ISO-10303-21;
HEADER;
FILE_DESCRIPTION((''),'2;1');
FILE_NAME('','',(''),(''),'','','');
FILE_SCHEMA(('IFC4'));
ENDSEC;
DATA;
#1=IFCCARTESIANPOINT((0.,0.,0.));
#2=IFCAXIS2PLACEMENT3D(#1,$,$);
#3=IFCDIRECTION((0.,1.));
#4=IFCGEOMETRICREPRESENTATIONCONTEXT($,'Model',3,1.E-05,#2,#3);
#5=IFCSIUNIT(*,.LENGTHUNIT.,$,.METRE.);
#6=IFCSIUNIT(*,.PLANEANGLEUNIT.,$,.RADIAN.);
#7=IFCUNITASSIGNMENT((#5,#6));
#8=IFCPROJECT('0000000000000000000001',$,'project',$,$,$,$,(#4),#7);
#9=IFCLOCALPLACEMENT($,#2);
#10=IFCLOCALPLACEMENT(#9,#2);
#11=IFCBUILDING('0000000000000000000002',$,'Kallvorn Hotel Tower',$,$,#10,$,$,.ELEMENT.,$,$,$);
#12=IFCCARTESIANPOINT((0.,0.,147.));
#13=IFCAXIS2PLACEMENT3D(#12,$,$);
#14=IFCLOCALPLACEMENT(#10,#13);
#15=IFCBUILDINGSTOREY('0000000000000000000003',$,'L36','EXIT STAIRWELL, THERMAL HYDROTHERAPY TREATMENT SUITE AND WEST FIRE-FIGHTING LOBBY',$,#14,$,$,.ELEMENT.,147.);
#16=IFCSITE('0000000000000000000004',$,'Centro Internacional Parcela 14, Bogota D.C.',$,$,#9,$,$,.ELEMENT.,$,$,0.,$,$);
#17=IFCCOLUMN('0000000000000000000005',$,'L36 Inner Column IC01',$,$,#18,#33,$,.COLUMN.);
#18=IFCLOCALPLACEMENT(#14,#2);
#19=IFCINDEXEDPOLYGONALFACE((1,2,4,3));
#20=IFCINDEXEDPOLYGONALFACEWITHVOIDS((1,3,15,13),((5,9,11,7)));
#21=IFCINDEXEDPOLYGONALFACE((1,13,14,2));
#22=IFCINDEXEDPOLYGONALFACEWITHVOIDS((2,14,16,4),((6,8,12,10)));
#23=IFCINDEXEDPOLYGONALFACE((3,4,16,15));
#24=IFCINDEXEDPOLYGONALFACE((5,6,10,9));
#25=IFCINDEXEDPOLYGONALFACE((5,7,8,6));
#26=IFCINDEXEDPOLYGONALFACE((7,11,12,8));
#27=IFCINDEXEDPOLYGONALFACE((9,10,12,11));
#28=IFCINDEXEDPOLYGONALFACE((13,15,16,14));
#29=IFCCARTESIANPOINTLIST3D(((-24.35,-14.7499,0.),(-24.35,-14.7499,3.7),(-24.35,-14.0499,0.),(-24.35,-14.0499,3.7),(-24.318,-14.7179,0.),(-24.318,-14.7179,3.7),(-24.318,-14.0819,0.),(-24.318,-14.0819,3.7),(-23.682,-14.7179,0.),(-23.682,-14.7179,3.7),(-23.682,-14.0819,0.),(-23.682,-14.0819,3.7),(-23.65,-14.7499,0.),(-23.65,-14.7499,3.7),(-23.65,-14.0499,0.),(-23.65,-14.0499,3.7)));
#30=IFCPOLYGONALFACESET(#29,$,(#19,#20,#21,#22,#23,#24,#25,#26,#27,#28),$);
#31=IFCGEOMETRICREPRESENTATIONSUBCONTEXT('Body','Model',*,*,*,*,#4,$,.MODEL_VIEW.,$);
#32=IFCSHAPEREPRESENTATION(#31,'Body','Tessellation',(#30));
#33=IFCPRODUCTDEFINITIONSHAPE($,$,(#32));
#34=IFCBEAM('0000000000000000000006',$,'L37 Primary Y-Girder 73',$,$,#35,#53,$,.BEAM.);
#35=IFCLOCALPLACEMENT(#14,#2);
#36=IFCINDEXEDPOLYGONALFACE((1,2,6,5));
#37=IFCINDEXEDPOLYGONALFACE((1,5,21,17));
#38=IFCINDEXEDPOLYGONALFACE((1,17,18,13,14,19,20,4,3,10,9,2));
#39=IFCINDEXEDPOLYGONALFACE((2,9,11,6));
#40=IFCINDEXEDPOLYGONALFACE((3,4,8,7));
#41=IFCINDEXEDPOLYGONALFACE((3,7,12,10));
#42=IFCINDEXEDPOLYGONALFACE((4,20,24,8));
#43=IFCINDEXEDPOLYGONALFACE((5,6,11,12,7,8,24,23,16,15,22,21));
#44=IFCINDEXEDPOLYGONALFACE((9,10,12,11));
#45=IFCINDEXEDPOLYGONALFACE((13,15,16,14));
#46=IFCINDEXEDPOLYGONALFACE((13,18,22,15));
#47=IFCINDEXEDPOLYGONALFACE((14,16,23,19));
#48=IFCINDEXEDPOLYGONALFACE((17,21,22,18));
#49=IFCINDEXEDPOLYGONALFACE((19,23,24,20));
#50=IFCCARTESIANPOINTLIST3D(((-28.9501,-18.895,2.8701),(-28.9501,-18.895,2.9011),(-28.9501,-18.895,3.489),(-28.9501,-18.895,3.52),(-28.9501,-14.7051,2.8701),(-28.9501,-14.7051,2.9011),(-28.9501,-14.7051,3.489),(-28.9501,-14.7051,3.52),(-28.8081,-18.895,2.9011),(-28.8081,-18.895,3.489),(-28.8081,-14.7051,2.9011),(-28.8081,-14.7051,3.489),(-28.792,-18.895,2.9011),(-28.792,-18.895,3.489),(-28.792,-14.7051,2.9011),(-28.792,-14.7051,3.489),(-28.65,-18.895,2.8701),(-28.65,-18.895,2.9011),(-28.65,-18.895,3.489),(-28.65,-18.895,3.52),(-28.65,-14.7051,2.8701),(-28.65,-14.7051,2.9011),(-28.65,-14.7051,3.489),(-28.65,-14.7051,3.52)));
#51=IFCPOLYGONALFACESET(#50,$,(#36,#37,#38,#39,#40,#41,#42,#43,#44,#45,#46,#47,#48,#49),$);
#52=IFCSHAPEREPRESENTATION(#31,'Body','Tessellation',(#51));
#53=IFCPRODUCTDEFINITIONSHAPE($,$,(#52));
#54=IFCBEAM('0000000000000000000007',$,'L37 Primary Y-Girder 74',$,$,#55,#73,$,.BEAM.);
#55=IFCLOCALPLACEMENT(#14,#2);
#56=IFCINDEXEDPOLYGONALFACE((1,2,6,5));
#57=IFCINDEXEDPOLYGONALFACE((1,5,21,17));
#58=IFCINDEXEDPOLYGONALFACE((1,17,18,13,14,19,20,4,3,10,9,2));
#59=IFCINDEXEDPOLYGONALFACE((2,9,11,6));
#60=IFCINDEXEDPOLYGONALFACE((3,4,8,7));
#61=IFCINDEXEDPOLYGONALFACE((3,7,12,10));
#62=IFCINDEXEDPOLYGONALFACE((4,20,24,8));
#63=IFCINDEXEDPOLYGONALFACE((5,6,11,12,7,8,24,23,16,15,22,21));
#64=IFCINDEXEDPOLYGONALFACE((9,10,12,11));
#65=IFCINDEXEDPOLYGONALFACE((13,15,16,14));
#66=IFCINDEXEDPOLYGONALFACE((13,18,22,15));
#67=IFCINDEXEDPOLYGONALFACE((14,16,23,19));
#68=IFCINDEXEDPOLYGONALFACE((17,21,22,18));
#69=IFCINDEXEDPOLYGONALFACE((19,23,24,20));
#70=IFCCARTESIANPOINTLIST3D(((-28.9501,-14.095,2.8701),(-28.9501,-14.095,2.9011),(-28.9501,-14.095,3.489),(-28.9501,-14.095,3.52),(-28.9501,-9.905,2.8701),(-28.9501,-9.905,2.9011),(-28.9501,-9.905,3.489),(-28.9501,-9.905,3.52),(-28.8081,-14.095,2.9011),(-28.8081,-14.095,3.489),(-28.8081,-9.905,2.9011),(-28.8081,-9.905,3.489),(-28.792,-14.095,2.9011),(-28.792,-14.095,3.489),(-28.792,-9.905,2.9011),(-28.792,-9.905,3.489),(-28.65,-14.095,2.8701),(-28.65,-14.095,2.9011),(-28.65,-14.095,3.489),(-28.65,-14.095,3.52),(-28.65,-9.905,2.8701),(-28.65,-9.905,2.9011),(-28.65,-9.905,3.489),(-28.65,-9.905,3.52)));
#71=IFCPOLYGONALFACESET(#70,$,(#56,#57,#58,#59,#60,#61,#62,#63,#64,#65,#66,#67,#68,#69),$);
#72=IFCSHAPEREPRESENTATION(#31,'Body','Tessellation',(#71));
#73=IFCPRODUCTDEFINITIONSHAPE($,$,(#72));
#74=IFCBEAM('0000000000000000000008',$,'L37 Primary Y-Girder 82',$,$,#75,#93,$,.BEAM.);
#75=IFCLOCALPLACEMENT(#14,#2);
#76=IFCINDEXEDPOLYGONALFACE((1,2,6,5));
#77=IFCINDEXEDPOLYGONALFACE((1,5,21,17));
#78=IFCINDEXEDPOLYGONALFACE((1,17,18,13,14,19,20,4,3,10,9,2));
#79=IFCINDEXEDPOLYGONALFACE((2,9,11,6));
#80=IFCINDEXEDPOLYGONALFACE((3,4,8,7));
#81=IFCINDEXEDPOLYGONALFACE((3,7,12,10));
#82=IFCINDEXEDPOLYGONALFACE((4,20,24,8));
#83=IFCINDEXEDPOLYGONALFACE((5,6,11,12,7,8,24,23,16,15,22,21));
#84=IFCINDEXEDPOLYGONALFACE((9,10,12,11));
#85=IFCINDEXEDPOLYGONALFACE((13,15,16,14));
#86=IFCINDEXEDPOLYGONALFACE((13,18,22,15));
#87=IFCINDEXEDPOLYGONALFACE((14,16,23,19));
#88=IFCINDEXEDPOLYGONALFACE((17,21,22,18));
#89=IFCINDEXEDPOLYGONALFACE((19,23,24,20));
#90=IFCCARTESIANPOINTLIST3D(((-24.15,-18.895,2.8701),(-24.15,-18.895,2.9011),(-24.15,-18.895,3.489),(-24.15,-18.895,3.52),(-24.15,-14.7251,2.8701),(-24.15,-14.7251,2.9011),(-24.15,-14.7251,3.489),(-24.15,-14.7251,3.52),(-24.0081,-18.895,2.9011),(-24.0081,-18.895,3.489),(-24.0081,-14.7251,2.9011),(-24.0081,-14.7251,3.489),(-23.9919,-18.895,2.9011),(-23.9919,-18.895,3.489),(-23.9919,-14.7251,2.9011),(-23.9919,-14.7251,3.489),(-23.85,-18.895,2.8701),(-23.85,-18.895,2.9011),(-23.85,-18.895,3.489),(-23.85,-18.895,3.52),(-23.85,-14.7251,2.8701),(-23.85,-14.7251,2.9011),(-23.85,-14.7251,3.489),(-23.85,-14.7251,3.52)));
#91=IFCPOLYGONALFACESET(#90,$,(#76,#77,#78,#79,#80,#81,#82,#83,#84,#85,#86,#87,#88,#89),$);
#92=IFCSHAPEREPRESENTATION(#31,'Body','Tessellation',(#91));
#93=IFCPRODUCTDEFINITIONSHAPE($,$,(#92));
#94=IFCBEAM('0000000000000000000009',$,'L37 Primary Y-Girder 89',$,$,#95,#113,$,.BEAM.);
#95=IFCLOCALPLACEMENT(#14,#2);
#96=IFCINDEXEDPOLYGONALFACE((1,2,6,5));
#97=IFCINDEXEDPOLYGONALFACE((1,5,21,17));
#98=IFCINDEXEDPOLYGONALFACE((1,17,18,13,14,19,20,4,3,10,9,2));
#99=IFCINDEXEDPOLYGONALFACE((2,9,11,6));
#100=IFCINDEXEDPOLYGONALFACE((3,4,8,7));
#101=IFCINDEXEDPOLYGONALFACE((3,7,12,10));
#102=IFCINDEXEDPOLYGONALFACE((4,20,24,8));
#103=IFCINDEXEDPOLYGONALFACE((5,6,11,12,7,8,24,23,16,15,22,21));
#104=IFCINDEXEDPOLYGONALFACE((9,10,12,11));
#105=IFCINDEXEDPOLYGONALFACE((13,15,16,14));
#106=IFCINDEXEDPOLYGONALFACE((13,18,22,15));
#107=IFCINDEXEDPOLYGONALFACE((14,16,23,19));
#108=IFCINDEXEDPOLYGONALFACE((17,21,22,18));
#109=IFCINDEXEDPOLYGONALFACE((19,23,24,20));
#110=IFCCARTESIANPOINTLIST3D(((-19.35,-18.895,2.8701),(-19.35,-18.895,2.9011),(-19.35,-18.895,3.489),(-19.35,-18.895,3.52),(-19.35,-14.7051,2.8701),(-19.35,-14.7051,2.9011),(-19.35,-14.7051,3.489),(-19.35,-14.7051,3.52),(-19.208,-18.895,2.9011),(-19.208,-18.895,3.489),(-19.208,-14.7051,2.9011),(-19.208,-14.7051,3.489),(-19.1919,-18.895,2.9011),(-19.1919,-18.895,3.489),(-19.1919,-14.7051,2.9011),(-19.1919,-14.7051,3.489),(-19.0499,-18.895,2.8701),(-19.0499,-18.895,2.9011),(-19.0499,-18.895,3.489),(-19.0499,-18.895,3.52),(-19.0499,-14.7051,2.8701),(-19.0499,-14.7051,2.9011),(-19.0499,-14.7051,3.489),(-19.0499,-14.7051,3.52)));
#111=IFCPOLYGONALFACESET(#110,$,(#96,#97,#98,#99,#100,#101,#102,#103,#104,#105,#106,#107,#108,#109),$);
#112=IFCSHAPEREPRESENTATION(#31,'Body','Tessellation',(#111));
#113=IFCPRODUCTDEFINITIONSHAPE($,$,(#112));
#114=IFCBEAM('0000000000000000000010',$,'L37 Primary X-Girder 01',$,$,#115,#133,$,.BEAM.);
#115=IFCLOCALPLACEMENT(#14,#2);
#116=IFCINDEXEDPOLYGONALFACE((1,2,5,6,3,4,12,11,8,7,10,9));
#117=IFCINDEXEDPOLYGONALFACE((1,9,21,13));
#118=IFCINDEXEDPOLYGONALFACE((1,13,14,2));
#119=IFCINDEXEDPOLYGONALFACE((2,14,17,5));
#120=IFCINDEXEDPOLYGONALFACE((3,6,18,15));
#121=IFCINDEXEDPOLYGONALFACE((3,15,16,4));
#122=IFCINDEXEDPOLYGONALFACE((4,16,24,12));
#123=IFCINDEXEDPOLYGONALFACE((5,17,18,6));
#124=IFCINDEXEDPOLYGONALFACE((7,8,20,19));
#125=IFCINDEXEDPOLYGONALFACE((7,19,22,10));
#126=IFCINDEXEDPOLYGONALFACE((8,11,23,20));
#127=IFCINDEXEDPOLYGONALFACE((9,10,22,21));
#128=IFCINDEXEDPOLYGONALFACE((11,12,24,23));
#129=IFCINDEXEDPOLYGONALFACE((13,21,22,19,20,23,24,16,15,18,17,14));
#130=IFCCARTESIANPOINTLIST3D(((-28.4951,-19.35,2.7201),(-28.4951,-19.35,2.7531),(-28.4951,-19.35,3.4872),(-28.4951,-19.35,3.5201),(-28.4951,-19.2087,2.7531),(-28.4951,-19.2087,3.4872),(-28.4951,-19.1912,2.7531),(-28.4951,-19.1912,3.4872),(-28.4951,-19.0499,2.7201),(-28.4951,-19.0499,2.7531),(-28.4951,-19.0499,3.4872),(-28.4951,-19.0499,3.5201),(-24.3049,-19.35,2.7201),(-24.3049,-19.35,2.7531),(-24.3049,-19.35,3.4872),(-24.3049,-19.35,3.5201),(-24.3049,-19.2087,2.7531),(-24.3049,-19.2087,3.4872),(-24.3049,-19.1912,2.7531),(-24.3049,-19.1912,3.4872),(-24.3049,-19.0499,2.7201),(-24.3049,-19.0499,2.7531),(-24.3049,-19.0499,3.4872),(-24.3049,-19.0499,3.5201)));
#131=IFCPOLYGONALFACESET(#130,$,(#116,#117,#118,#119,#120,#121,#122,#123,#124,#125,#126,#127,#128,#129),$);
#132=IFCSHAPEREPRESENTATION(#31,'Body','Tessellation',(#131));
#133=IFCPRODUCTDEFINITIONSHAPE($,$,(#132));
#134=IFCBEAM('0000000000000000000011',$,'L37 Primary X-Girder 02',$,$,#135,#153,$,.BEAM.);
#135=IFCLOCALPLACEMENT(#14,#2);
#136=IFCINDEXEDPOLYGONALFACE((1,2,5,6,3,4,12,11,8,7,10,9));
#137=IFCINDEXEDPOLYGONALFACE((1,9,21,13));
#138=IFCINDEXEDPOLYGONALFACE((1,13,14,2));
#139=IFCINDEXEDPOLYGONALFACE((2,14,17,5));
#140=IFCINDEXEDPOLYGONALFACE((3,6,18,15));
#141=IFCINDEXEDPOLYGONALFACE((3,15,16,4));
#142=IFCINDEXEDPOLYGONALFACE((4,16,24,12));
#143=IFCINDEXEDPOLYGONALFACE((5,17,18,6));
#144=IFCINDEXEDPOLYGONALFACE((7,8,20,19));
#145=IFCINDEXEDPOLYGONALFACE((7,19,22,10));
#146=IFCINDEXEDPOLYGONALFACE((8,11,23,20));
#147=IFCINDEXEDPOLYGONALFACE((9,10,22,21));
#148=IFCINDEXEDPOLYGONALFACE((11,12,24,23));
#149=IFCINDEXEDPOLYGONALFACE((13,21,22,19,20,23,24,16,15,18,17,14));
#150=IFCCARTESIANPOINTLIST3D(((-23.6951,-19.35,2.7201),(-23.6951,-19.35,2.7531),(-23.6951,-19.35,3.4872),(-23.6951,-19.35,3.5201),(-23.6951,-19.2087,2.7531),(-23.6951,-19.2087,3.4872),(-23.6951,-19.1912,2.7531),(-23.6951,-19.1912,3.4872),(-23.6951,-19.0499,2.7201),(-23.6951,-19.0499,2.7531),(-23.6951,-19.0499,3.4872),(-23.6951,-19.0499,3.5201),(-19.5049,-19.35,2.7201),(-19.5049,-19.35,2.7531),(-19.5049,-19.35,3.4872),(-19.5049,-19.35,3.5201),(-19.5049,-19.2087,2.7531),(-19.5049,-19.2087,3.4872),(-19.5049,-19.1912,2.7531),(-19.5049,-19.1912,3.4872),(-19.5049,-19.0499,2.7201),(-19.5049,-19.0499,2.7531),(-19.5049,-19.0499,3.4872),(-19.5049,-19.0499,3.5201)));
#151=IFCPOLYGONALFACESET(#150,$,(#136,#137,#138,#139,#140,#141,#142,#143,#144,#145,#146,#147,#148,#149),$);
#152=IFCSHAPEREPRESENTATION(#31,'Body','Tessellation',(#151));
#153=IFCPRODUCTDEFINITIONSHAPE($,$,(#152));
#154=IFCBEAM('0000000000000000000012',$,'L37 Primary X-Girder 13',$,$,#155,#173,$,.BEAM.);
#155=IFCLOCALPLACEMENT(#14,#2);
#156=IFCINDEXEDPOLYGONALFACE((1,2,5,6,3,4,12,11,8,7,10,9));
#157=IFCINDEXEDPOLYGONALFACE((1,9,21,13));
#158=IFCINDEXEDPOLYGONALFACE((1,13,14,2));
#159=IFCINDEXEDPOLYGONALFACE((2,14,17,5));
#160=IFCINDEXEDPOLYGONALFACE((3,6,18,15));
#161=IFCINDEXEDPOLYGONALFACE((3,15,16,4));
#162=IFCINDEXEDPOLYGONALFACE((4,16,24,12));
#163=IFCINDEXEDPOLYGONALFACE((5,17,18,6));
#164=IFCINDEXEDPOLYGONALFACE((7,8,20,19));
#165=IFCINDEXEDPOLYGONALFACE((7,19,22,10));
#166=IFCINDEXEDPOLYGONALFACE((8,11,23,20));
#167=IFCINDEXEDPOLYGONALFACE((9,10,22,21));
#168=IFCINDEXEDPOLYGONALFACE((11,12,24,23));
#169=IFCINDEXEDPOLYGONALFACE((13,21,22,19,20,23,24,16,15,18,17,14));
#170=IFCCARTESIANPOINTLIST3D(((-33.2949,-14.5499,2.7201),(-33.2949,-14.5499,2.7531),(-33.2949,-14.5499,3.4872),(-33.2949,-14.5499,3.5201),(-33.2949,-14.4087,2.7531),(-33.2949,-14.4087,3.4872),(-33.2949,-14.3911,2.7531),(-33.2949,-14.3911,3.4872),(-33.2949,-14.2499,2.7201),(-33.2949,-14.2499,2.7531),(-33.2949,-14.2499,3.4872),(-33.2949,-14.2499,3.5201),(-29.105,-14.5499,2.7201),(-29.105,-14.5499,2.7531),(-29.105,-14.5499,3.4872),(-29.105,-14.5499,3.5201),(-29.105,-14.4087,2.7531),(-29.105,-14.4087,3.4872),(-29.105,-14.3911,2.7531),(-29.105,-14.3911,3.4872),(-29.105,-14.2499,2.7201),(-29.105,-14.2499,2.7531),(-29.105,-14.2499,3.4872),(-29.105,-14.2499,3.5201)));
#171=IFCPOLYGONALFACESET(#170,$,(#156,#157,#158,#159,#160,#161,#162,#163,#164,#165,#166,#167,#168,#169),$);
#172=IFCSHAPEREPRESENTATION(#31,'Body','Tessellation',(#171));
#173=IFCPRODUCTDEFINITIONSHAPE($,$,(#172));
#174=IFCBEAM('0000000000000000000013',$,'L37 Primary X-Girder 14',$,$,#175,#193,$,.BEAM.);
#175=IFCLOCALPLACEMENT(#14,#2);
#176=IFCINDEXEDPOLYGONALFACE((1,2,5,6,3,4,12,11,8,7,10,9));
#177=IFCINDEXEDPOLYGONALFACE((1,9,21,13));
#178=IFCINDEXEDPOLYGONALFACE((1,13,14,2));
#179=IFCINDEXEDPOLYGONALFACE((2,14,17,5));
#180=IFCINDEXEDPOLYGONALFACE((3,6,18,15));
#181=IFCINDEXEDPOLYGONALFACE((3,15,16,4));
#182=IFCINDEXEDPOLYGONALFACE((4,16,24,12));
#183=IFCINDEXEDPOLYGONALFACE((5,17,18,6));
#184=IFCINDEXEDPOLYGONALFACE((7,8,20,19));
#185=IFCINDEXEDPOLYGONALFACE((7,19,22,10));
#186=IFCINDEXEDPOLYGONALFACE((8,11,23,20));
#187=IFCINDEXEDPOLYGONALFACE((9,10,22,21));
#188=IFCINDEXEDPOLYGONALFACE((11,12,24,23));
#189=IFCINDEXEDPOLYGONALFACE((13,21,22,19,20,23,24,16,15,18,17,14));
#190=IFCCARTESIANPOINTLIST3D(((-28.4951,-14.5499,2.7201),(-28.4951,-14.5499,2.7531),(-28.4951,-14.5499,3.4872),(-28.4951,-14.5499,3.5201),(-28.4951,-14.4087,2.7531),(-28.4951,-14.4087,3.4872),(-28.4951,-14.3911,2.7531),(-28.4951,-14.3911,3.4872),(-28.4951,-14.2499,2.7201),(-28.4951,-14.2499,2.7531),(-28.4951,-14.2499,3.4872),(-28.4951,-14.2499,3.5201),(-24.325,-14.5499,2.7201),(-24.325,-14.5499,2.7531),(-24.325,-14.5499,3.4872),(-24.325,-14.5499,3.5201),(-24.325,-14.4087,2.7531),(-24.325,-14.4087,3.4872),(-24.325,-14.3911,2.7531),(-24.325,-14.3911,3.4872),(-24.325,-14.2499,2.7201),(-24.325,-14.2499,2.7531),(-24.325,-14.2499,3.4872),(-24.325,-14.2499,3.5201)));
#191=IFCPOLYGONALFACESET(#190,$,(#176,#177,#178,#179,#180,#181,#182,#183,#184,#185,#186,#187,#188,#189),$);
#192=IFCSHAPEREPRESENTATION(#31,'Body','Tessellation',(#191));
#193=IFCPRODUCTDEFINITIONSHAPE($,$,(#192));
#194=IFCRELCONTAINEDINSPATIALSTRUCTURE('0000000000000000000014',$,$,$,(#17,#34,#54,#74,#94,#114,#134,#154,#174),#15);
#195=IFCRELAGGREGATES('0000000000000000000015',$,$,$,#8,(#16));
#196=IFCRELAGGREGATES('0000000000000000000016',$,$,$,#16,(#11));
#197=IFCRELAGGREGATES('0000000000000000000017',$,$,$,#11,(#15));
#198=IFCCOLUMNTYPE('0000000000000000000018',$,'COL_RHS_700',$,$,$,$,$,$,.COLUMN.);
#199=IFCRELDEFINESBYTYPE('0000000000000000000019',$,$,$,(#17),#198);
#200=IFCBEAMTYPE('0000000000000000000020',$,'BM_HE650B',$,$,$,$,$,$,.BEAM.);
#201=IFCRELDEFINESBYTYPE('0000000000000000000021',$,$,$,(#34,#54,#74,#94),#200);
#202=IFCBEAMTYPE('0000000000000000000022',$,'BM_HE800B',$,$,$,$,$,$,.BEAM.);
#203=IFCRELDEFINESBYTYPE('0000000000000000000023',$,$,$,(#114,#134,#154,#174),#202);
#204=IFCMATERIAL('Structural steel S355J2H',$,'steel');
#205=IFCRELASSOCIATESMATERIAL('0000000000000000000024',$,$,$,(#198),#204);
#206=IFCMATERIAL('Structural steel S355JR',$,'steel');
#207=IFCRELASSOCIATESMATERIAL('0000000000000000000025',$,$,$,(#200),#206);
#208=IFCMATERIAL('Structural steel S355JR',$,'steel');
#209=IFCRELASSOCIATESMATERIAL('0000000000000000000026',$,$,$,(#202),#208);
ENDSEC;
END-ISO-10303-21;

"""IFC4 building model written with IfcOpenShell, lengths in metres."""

from ifc_helpers import new_model, si_unit, direction, frame, origin, origin_2d, place, context, subcontext, project, spatial, hollow_rectangle, i_section, extrude, material, material_profile, profile_set, type_object, element, save


model = new_model("IFC4")

# Units and contexts
model_context = context("Model", 3, precision=1e-05, world=origin(), true_north=direction((0.0, 1.0)))
body_context = subcontext(model_context, "Body", "Model", "MODEL_VIEW")
ifc_project = project(units=[si_unit("LENGTHUNIT", "METRE"), si_unit("PLANEANGLEUNIT", "RADIAN")], contexts=[model_context])

# Site, building, storey
site_placement = place(None, origin())
site = spatial("IfcSite", under=ifc_project, at=site_placement, Name="Centro Internacional Parcela 14, Bogota D.C.", CompositionType="ELEMENT", RefElevation=0.0)
building_placement = place(site_placement, origin())
building = spatial("IfcBuilding", under=site, at=building_placement, Name="Kallvorn Hotel Tower", CompositionType="ELEMENT")
storey_placement = place(building_placement, frame((0.0, 0.0, 147.0)))
storey = spatial("IfcBuildingStorey", under=building, at=storey_placement, Name="L36", Description="EXIT STAIRWELL, THERMAL HYDROTHERAPY TREATMENT SUITE AND WEST FIRE-FIGHTING LOBBY", CompositionType="ELEMENT", Elevation=147.0)

# Column
ifc_material_1 = material(Name="Structural steel S355J2H", Category="steel")
ifc_material_profile_1 = material_profile(ifc_material_1, hollow_rectangle(XDim=0.7, YDim=0.7, WallThickness=0.032, at=origin_2d()), Name="RHS 700x700x32")
ifc_profile_set_1 = profile_set([ifc_material_profile_1], Name="Structural steel S355J2H")
column_type_1 = type_object("IfcColumnType", Name="COL_RHS_700", PredefinedType="COLUMN", material=ifc_profile_set_1)
column_placement = place(storey_placement, frame((-24.0, -14.3999, 0.0), z_axis=(0.0, 0.0, 1.0), x_axis=(1.0, 0.0, 0.0)))
element("IfcColumn", 1, at=column_placement, inside=storey, type_object=column_type_1, Name="L36 Inner Column IC01", PredefinedType="COLUMN", context=body_context, shape_type="SweptSolid", body=[
    extrude(hollow_rectangle(XDim=0.7, YDim=0.7, WallThickness=0.032, at=origin_2d()), origin(), (0.0, 0.0, 1.0), 3.7),
])

# Beams
ifc_material_2 = material(Name="Structural steel S355JR", Category="steel")
ifc_material_profile_2 = material_profile(ifc_material_2, i_section(OverallWidth=0.3, OverallDepth=0.6499, WebThickness=0.0161, FlangeThickness=0.031, at=origin_2d()), Name="HE 650 B")
ifc_profile_set_2 = profile_set([ifc_material_profile_2], Name="Structural steel S355JR")
beam_type_1 = type_object("IfcBeamType", Name="BM_HE650B", PredefinedType="BEAM", material=ifc_profile_set_2)
for number, where, z_axis, x_axis, name in (
    (2, (-28.8, -18.895, 3.1951), (0.0, 1.0, 0.0), (-1.0, 0.0, 0.0), "L37 Primary Y-Girder 73"),
    (3, (-28.8, -14.095, 3.1951), (0.0, 1.0, 0.0), (-1.0, 0.0, 0.0), "L37 Primary Y-Girder 74"),
):
    element("IfcBeam", number, at=place(storey_placement, frame(where, z_axis=z_axis, x_axis=x_axis)), inside=storey, type_object=beam_type_1, Name=name, PredefinedType="BEAM", context=body_context, shape_type="SweptSolid", body=[
        extrude(i_section(OverallWidth=0.3, OverallDepth=0.6499, WebThickness=0.0161, FlangeThickness=0.031, at=origin_2d()), origin(), (0.0, 0.0, 1.0), 4.1899),
    ])
beam_1_placement = place(storey_placement, frame((-24.0, -18.895, 3.1951), z_axis=(0.0, 1.0, 0.0), x_axis=(-1.0, 0.0, 0.0)))
element("IfcBeam", 4, at=beam_1_placement, inside=storey, type_object=beam_type_1, Name="L37 Primary Y-Girder 82", PredefinedType="BEAM", context=body_context, shape_type="SweptSolid", body=[
    extrude(i_section(OverallWidth=0.3, OverallDepth=0.6499, WebThickness=0.0161, FlangeThickness=0.031, at=origin_2d()), origin(), (0.0, 0.0, 1.0), 4.1699),
])
beam_2_placement = place(storey_placement, frame((-19.2, -18.895, 3.1951), z_axis=(0.0, 1.0, 0.0), x_axis=(-1.0, 0.0, 0.0)))
element("IfcBeam", 5, at=beam_2_placement, inside=storey, type_object=beam_type_1, Name="L37 Primary Y-Girder 89", PredefinedType="BEAM", context=body_context, shape_type="SweptSolid", body=[
    extrude(i_section(OverallWidth=0.3, OverallDepth=0.6499, WebThickness=0.0161, FlangeThickness=0.031, at=origin_2d()), origin(), (0.0, 0.0, 1.0), 4.1899),
])
ifc_material_3 = material(Name="Structural steel S355JR", Category="steel")
ifc_material_profile_3 = material_profile(ifc_material_3, i_section(OverallWidth=0.3, OverallDepth=0.8, WebThickness=0.0176, FlangeThickness=0.033, at=origin_2d()), Name="HE 800 B")
ifc_profile_set_3 = profile_set([ifc_material_profile_3], Name="Structural steel S355JR")
beam_type_2 = type_object("IfcBeamType", Name="BM_HE800B", PredefinedType="BEAM", material=ifc_profile_set_3)
for number, where, z_axis, x_axis, name in (
    (6, (-28.4951, -19.2, 3.1201), (1.0, 0.0, 0.0), (0.0, 1.0, 0.0), "L37 Primary X-Girder 01"),
    (7, (-23.6951, -19.2, 3.1201), (1.0, 0.0, 0.0), (0.0, 1.0, 0.0), "L37 Primary X-Girder 02"),
):
    element("IfcBeam", number, at=place(storey_placement, frame(where, z_axis=z_axis, x_axis=x_axis)), inside=storey, type_object=beam_type_2, Name=name, PredefinedType="BEAM", context=body_context, shape_type="SweptSolid", body=[
        extrude(i_section(OverallWidth=0.3, OverallDepth=0.8, WebThickness=0.0176, FlangeThickness=0.033, at=origin_2d()), origin(), (0.0, 0.0, 1.0), 4.1902),
    ])
beam_3_placement = place(storey_placement, frame((-33.2949, -14.3999, 3.1201), z_axis=(1.0, 0.0, 0.0), x_axis=(0.0, 1.0, 0.0)))
element("IfcBeam", 8, at=beam_3_placement, inside=storey, type_object=beam_type_2, Name="L37 Primary X-Girder 13", PredefinedType="BEAM", context=body_context, shape_type="SweptSolid", body=[
    extrude(i_section(OverallWidth=0.3, OverallDepth=0.8, WebThickness=0.0176, FlangeThickness=0.033, at=origin_2d()), origin(), (0.0, 0.0, 1.0), 4.1899),
])
for number, where, z_axis, x_axis, name in (
    (9, (-28.4951, -14.3999, 3.1201), (1.0, 0.0, 0.0), (0.0, 1.0, 0.0), "L37 Primary X-Girder 14"),
):
    element("IfcBeam", number, at=place(storey_placement, frame(where, z_axis=z_axis, x_axis=x_axis)), inside=storey, type_object=beam_type_2, Name=name, PredefinedType="BEAM", context=body_context, shape_type="SweptSolid", body=[
        extrude(i_section(OverallWidth=0.3, OverallDepth=0.8, WebThickness=0.0176, FlangeThickness=0.033, at=origin_2d()), origin(), (0.0, 0.0, 1.0), 4.1702),
    ])

save(model, "model.ifc")
